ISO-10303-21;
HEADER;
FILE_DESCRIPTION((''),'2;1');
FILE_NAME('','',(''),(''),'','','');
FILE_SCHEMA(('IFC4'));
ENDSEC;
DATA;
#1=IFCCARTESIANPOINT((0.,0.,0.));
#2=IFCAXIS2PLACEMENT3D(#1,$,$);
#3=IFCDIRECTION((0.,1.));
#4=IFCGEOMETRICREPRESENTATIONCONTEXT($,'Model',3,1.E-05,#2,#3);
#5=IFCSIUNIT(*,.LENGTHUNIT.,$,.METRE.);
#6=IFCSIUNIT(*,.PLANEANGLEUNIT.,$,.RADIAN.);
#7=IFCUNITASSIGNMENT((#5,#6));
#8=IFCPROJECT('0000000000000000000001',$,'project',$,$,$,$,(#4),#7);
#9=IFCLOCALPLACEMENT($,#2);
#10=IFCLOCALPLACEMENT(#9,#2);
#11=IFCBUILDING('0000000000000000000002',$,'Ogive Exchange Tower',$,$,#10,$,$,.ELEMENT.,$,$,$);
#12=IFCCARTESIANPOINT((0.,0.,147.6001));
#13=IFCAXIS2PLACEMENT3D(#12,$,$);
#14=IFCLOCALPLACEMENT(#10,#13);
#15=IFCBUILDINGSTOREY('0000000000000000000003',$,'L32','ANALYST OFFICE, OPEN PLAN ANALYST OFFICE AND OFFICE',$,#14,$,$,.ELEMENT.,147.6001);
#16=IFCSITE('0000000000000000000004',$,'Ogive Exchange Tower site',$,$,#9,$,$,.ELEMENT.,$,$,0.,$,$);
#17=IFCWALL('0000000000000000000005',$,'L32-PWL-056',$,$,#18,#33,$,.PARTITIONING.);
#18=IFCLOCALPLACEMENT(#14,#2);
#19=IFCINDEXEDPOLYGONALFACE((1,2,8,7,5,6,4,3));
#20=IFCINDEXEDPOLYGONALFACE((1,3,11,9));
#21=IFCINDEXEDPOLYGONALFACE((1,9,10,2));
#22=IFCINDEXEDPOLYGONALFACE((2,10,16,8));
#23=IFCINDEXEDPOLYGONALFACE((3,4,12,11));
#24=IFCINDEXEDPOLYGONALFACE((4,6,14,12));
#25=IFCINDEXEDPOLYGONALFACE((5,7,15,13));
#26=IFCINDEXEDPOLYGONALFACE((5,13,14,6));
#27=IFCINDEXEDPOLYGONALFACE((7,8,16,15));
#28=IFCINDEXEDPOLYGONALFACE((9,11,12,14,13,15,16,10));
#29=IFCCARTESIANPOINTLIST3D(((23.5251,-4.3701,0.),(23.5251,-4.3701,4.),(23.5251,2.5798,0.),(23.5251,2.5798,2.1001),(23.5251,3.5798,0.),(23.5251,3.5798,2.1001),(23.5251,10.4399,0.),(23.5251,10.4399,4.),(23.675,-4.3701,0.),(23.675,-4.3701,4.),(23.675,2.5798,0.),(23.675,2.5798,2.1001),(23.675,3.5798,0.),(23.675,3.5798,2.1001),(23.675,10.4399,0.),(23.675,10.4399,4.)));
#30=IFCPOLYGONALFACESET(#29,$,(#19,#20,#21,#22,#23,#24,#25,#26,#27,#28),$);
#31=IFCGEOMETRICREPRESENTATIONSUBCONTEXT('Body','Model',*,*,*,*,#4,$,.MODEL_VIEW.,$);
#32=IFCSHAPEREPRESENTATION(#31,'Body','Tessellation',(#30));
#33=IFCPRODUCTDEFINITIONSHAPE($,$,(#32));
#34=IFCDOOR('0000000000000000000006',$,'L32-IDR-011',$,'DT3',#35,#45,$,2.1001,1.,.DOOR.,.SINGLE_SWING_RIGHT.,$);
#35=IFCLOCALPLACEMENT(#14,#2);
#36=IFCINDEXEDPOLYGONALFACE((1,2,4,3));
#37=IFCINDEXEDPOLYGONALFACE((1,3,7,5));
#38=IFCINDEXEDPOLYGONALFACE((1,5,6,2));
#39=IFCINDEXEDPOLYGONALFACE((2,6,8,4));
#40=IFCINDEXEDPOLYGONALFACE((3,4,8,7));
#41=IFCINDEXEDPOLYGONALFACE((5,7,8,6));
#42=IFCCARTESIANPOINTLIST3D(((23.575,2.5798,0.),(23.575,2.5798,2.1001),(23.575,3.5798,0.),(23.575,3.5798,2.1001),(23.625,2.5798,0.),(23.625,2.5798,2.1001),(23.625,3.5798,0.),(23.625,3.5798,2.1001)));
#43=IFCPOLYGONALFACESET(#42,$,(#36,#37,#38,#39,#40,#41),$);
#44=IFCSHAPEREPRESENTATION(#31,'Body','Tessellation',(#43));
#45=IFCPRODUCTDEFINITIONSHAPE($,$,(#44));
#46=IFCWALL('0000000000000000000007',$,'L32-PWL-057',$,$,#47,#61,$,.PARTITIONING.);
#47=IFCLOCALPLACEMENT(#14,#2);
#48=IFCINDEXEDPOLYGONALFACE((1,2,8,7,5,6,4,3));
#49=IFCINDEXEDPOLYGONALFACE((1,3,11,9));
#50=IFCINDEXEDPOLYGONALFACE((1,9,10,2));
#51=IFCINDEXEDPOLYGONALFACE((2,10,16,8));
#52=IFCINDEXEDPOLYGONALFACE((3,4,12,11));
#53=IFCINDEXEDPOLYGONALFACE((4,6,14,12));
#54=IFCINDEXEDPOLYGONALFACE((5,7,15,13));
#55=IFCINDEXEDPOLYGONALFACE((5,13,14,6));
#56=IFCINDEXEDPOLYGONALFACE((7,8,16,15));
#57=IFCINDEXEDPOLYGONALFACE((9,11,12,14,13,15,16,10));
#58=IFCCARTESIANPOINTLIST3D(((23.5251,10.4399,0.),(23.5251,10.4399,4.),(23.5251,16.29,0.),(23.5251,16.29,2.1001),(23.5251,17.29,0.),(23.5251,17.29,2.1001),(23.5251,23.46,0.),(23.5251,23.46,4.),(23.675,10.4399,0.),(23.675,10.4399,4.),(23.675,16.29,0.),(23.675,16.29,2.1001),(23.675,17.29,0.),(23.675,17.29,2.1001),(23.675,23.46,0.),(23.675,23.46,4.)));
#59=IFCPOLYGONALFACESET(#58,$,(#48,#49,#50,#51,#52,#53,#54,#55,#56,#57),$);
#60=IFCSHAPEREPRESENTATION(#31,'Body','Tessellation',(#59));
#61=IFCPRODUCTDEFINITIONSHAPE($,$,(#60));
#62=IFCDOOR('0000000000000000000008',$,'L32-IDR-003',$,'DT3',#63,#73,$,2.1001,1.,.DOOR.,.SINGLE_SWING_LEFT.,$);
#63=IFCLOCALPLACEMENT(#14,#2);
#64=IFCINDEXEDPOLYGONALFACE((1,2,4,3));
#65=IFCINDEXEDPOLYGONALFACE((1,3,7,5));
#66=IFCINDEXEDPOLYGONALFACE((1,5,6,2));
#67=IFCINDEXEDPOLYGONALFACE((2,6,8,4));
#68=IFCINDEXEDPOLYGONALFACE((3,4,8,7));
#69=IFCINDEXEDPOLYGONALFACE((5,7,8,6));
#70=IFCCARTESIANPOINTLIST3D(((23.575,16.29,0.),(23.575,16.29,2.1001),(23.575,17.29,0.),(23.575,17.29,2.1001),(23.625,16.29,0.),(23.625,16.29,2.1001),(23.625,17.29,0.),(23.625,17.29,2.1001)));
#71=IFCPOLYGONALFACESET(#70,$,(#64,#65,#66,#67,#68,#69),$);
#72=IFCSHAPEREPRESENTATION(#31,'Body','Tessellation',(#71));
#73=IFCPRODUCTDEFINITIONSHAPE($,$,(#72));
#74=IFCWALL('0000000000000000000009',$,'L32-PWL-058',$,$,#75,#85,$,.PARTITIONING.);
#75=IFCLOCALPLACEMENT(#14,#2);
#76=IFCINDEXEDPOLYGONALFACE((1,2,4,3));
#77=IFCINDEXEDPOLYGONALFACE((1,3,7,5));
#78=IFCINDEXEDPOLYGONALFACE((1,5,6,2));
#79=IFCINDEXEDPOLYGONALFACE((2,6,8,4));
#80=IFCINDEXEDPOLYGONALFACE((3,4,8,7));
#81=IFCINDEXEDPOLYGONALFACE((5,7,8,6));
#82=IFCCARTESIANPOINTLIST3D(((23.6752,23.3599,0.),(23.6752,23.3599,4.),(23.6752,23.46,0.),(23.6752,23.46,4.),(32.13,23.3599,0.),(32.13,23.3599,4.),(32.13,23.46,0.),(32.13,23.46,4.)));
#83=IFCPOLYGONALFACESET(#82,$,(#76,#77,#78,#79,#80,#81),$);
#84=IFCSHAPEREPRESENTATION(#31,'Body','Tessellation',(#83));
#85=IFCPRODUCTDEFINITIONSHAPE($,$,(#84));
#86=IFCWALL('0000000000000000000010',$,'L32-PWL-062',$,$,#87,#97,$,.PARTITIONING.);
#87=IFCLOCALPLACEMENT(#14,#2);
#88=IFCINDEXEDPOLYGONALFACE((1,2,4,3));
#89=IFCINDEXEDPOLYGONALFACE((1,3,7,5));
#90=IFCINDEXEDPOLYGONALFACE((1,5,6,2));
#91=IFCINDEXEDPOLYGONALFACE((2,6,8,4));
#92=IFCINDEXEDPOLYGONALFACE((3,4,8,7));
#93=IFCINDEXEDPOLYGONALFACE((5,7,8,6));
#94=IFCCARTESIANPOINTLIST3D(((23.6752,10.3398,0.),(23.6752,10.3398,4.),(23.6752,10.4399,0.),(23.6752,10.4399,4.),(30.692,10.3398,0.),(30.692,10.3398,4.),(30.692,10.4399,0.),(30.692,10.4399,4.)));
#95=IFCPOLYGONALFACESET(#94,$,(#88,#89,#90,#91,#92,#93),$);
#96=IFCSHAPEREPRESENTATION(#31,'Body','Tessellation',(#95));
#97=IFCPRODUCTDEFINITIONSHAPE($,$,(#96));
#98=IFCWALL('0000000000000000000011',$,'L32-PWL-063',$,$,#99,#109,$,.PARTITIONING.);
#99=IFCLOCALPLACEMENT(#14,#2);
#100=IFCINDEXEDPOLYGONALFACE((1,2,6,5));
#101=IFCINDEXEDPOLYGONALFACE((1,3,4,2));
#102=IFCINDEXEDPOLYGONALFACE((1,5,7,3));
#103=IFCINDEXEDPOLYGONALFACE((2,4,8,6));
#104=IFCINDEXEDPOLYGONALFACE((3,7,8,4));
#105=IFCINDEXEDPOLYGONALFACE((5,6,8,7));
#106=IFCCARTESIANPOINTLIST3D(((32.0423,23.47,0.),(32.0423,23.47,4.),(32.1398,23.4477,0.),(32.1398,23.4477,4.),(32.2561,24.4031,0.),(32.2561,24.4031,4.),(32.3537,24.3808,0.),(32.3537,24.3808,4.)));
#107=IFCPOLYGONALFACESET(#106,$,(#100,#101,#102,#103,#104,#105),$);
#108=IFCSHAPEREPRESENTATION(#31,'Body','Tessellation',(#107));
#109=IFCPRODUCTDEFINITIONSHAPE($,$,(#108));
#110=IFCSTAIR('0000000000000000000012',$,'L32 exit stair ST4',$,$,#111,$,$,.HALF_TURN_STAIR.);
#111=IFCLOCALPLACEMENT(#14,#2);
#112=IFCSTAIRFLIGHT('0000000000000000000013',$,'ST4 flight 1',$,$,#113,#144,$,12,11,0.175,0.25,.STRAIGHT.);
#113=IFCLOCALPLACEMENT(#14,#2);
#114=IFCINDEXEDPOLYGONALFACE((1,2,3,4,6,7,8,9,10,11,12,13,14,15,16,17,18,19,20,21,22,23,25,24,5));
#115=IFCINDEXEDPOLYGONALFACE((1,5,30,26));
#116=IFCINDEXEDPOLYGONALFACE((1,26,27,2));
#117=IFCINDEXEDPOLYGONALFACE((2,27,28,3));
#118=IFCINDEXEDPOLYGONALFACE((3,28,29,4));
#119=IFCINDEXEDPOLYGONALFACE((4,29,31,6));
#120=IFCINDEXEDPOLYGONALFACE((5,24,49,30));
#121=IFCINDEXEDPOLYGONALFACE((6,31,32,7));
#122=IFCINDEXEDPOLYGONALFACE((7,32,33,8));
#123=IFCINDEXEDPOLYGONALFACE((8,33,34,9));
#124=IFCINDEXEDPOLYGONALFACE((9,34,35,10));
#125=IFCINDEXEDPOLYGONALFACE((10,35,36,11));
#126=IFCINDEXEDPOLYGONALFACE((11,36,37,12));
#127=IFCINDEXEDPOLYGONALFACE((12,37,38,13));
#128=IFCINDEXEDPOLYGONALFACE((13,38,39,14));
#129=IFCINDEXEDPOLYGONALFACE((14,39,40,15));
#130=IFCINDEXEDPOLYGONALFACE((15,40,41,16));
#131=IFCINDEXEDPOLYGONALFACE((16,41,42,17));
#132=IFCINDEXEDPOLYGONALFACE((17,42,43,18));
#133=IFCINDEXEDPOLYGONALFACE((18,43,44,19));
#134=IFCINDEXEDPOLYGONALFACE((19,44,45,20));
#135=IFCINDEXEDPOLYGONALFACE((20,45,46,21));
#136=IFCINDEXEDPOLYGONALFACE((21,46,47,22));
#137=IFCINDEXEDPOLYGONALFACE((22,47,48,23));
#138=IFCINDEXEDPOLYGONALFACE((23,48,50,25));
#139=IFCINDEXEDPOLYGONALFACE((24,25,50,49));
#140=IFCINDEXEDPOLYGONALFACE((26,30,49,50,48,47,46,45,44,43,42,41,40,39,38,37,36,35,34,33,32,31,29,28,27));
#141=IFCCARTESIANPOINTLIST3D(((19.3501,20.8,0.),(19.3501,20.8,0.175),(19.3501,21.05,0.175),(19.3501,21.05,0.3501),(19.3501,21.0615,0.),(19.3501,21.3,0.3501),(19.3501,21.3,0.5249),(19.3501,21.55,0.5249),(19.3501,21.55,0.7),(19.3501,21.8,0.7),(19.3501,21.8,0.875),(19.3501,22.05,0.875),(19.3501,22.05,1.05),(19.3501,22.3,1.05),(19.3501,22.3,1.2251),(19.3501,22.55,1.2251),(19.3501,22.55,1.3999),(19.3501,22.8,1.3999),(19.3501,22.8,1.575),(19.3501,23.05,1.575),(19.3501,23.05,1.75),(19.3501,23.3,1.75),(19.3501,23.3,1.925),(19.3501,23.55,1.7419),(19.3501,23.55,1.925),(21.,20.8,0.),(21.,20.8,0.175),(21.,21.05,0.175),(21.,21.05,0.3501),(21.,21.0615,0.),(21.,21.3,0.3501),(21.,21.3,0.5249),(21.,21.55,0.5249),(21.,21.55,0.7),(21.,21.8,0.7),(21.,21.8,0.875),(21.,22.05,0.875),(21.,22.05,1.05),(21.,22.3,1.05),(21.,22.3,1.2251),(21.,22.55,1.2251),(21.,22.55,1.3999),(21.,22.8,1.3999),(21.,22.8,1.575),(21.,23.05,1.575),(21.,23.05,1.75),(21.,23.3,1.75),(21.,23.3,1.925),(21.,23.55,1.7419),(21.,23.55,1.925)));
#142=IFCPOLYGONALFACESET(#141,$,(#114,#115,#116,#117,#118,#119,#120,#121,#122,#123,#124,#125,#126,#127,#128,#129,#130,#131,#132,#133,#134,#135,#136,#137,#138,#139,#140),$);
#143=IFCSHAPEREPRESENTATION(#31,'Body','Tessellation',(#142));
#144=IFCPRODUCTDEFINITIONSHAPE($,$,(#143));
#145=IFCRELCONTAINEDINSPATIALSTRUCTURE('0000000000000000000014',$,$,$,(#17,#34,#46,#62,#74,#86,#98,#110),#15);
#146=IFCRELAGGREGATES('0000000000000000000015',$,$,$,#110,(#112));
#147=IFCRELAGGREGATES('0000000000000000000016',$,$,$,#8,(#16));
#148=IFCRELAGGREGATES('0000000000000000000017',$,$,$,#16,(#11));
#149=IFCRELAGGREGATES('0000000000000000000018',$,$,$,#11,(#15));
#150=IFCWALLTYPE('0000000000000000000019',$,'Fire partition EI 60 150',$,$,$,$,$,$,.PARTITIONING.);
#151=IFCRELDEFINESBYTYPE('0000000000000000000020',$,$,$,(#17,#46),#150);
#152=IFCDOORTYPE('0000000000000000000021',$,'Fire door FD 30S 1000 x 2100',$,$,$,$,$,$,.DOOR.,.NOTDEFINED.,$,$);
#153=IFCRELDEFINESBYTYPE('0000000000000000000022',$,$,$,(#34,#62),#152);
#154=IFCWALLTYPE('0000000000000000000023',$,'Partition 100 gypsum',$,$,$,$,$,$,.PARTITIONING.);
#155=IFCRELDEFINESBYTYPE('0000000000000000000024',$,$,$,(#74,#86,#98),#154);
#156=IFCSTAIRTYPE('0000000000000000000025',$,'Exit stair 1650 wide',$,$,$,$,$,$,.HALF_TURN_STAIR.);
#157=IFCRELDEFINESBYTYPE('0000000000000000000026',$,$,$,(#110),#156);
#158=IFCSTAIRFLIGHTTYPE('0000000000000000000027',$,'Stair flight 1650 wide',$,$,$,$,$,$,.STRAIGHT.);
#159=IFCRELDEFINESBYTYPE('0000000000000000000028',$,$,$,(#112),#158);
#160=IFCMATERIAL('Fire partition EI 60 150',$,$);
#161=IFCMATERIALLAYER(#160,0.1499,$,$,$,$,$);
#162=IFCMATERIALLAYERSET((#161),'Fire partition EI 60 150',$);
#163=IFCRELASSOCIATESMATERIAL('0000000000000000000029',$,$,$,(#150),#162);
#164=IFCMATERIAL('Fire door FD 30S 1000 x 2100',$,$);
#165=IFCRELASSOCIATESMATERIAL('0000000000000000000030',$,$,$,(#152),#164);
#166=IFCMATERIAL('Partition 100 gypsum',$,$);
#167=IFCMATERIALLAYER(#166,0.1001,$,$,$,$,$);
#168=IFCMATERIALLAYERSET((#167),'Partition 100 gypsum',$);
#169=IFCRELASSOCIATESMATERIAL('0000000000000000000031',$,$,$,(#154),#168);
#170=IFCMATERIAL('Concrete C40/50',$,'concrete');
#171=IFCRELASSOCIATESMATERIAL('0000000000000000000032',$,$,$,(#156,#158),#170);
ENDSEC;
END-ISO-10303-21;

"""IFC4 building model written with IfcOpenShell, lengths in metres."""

from ifc_helpers import new_model, si_unit, direction, frame, frame_2d, origin, place, context, subcontext, project, spatial, polyline, rectangle, outline, extrude, material, layer, layer_set, type_object, element, fill, aggregate, save


model = new_model("IFC4")

# Units and contexts
model_context = context("Model", 3, precision=1e-05, world=origin(), true_north=direction((0.0, 1.0)))
body_context = subcontext(model_context, "Body", "Model", "MODEL_VIEW")
ifc_project = project(units=[si_unit("LENGTHUNIT", "METRE"), si_unit("PLANEANGLEUNIT", "RADIAN")], contexts=[model_context])

# Site, building, storey
site_placement = place(None, origin())
site = spatial("IfcSite", under=ifc_project, at=site_placement, Name="Ogive Exchange Tower site", CompositionType="ELEMENT", RefElevation=0.0)
building_placement = place(site_placement, origin())
building = spatial("IfcBuilding", under=site, at=building_placement, Name="Ogive Exchange Tower", CompositionType="ELEMENT")
storey_placement = place(building_placement, frame((0.0, 0.0, 147.6001)))
storey = spatial("IfcBuildingStorey", under=building, at=storey_placement, Name="L32", Description="ANALYST OFFICE, OPEN PLAN ANALYST OFFICE AND OFFICE", CompositionType="ELEMENT", Elevation=147.6001)

# Walls, openings, doors
ifc_material_1 = material(Name="Fire partition EI 60 150")
ifc_layer_1 = layer(ifc_material_1, 0.1499)
ifc_layer_set_1 = layer_set([ifc_layer_1], Name="Fire partition EI 60 150")
wall_type_1 = type_object("IfcWallType", Name="Fire partition EI 60 150", PredefinedType="PARTITIONING", material=ifc_layer_set_1)
wall_1_placement = place(storey_placement, frame((23.6001, 10.4399, 0.0), z_axis=(0.0, 0.0, 1.0), x_axis=(0.0, -1.0, 0.0)))
wall_1 = element("IfcWall", 1, at=wall_1_placement, inside=storey, type_object=wall_type_1, Name="L32-PWL-056", PredefinedType="PARTITIONING", context=body_context, shape_type="SweptSolid", body=[
    extrude(rectangle(XDim=14.8101, YDim=0.1499, at=frame_2d((7.405, 0.0))), origin(), (0.0, 0.0, 1.0), 4.0),
])
opening_1_placement = place(wall_1_placement, frame((6.8601, 0.0, 0.0)))
opening_1 = element("IfcOpeningElement", 2, at=opening_1_placement, cuts=wall_1, PredefinedType="OPENING", context=body_context, shape_type="SweptSolid", body=[
    extrude(rectangle(XDim=1.0, YDim=2.1001, at=frame_2d((0.5, 1.05))), frame((0.0, 0.085, 0.0), z_axis=(0.0, -1.0, 0.0), x_axis=(1.0, 0.0, 0.0)), (0.0, 0.0, 1.0), 0.1699),
])
ifc_material_2 = material(Name="Fire door FD 30S 1000 x 2100")
door_type = type_object("IfcDoorType", Name="Fire door FD 30S 1000 x 2100", OperationType="NOTDEFINED", PredefinedType="DOOR", material=ifc_material_2)
door_1_placement = place(opening_1_placement, origin())
door_1 = element("IfcDoor", 3, at=door_1_placement, inside=storey, type_object=door_type, Name="L32-IDR-011", ObjectType="DT3", OperationType="SINGLE_SWING_RIGHT", OverallHeight=2.1001, OverallWidth=1.0, PredefinedType="DOOR", context=body_context, shape_type="SweptSolid", body=[
    extrude(rectangle(XDim=1.0, YDim=2.1001, at=frame_2d((0.5, 1.05))), frame((0.0, 0.0249, 0.0), z_axis=(0.0, -1.0, 0.0), x_axis=(1.0, 0.0, 0.0)), (0.0, 0.0, 1.0), 0.05),
])
fill(opening_1, door_1)
wall_2_placement = place(storey_placement, frame((23.6001, 23.46, 0.0), z_axis=(0.0, 0.0, 1.0), x_axis=(0.0, -1.0, 0.0)))
wall_2 = element("IfcWall", 4, at=wall_2_placement, inside=storey, type_object=wall_type_1, Name="L32-PWL-057", PredefinedType="PARTITIONING", context=body_context, shape_type="SweptSolid", body=[
    extrude(rectangle(XDim=13.02, YDim=0.1499, at=frame_2d((6.51, 0.0))), origin(), (0.0, 0.0, 1.0), 4.0),
])
opening_2_placement = place(wall_2_placement, frame((6.1699, 0.0, 0.0)))
opening_2 = element("IfcOpeningElement", 5, at=opening_2_placement, cuts=wall_2, PredefinedType="OPENING", context=body_context, shape_type="SweptSolid", body=[
    extrude(rectangle(XDim=1.0, YDim=2.1001, at=frame_2d((0.5, 1.05))), frame((0.0, 0.085, 0.0), z_axis=(0.0, -1.0, 0.0), x_axis=(1.0, 0.0, 0.0)), (0.0, 0.0, 1.0), 0.1699),
])
door_2_placement = place(opening_2_placement, origin())
door_2 = element("IfcDoor", 6, at=door_2_placement, inside=storey, type_object=door_type, Name="L32-IDR-003", ObjectType="DT3", OperationType="SINGLE_SWING_LEFT", OverallHeight=2.1001, OverallWidth=1.0, PredefinedType="DOOR", context=body_context, shape_type="SweptSolid", body=[
    extrude(rectangle(XDim=1.0, YDim=2.1001, at=frame_2d((0.5, 1.05))), frame((0.0, 0.0249, 0.0), z_axis=(0.0, -1.0, 0.0), x_axis=(1.0, 0.0, 0.0)), (0.0, 0.0, 1.0), 0.05),
])
fill(opening_2, door_2)

# Walls
ifc_material_3 = material(Name="Partition 100 gypsum")
ifc_layer_2 = layer(ifc_material_3, 0.1001)
ifc_layer_set_2 = layer_set([ifc_layer_2], Name="Partition 100 gypsum")
wall_type_2 = type_object("IfcWallType", Name="Partition 100 gypsum", PredefinedType="PARTITIONING", material=ifc_layer_set_2)
wall_3_placement = place(storey_placement, frame((23.675, 23.4099, 0.0), z_axis=(0.0, 0.0, 1.0), x_axis=(1.0, 0.0, 0.0)))
element("IfcWall", 7, at=wall_3_placement, inside=storey, type_object=wall_type_2, Name="L32-PWL-058", PredefinedType="PARTITIONING", context=body_context, shape_type="SweptSolid", body=[
    extrude(rectangle(XDim=8.4548, YDim=0.1001, at=frame_2d((4.2275, 0.0))), origin(), (0.0, 0.0, 1.0), 4.0),
])
wall_4_placement = place(storey_placement, frame((30.6919, 10.3899, 0.0), z_axis=(0.0, 0.0, 1.0), x_axis=(-1.0, 0.0, 0.0)))
element("IfcWall", 8, at=wall_4_placement, inside=storey, type_object=wall_type_2, Name="L32-PWL-062", PredefinedType="PARTITIONING", context=body_context, shape_type="SweptSolid", body=[
    extrude(rectangle(XDim=7.0168, YDim=0.1001, at=frame_2d((3.5083, 0.0))), origin(), (0.0, 0.0, 1.0), 4.0),
])
wall_5_placement = place(storey_placement, frame((32.0911, 23.459, 0.0), z_axis=(0.0, 0.0, 1.0), x_axis=(0.223406, 0.974725, 0.0)))
element("IfcWall", 9, at=wall_5_placement, inside=storey, type_object=wall_type_2, Name="L32-PWL-063", PredefinedType="PARTITIONING", context=body_context, shape_type="SweptSolid", body=[
    extrude(rectangle(XDim=0.9573, YDim=0.1001, at=frame_2d((0.4785, 0.0))), origin(), (0.0, 0.0, 1.0), 4.0),
])

# Stair, stair flight
ifc_material_4 = material(Name="Concrete C40/50", Category="concrete")
stair_type = type_object("IfcStairType", Name="Exit stair 1650 wide", PredefinedType="HALF_TURN_STAIR", material=ifc_material_4)
stair_placement = place(storey_placement, origin())
stair = element("IfcStair", 10, at=stair_placement, inside=storey, type_object=stair_type, Name="L32 exit stair ST4", PredefinedType="HALF_TURN_STAIR")
stair_flight_type = type_object("IfcStairFlightType", Name="Stair flight 1650 wide", PredefinedType="STRAIGHT", material=ifc_material_4)
stair_flight_placement = place(storey_placement, frame((20.175, 20.8, 0.0), z_axis=(0.0, 0.0, 1.0), x_axis=(0.0, 1.0, 0.0)))
stair_flight = element("IfcStairFlight", 11, at=stair_flight_placement, type_object=stair_flight_type, Name="ST4 flight 1", NumberOfRisers=12, NumberOfTreads=11, PredefinedType="STRAIGHT", RiserHeight=0.175, TreadLength=0.25, context=body_context, shape_type="SweptSolid", body=[
    extrude(outline(polyline([(0.0, 0.0), (0.0, 0.175), (0.25, 0.175), (0.25, 0.3501), (0.5, 0.3501), (0.5, 0.5249), (0.75, 0.5249), (0.75, 0.7), (1.0, 0.7), (1.0, 0.875), (1.25, 0.875), (1.25, 1.05), (1.5, 1.05), (1.5, 1.2251), (1.75, 1.2251), (1.75, 1.3999), (2.0, 1.3999), (2.0, 1.575), (2.25, 1.575), (2.25, 1.75), (2.5, 1.75), (2.5, 1.925), (2.75, 1.925), (2.75, 2.1001), (2.75, 1.7419), (0.2615, 0.0), (0.0, 0.0)])), frame((0.0, 0.825, 0.0), z_axis=(0.0, -1.0, 0.0), x_axis=(1.0, 0.0, 0.0)), (0.0, 0.0, 1.0), 1.6499),
])
aggregate(stair, [stair_flight])

save(model, "model.ifc")
